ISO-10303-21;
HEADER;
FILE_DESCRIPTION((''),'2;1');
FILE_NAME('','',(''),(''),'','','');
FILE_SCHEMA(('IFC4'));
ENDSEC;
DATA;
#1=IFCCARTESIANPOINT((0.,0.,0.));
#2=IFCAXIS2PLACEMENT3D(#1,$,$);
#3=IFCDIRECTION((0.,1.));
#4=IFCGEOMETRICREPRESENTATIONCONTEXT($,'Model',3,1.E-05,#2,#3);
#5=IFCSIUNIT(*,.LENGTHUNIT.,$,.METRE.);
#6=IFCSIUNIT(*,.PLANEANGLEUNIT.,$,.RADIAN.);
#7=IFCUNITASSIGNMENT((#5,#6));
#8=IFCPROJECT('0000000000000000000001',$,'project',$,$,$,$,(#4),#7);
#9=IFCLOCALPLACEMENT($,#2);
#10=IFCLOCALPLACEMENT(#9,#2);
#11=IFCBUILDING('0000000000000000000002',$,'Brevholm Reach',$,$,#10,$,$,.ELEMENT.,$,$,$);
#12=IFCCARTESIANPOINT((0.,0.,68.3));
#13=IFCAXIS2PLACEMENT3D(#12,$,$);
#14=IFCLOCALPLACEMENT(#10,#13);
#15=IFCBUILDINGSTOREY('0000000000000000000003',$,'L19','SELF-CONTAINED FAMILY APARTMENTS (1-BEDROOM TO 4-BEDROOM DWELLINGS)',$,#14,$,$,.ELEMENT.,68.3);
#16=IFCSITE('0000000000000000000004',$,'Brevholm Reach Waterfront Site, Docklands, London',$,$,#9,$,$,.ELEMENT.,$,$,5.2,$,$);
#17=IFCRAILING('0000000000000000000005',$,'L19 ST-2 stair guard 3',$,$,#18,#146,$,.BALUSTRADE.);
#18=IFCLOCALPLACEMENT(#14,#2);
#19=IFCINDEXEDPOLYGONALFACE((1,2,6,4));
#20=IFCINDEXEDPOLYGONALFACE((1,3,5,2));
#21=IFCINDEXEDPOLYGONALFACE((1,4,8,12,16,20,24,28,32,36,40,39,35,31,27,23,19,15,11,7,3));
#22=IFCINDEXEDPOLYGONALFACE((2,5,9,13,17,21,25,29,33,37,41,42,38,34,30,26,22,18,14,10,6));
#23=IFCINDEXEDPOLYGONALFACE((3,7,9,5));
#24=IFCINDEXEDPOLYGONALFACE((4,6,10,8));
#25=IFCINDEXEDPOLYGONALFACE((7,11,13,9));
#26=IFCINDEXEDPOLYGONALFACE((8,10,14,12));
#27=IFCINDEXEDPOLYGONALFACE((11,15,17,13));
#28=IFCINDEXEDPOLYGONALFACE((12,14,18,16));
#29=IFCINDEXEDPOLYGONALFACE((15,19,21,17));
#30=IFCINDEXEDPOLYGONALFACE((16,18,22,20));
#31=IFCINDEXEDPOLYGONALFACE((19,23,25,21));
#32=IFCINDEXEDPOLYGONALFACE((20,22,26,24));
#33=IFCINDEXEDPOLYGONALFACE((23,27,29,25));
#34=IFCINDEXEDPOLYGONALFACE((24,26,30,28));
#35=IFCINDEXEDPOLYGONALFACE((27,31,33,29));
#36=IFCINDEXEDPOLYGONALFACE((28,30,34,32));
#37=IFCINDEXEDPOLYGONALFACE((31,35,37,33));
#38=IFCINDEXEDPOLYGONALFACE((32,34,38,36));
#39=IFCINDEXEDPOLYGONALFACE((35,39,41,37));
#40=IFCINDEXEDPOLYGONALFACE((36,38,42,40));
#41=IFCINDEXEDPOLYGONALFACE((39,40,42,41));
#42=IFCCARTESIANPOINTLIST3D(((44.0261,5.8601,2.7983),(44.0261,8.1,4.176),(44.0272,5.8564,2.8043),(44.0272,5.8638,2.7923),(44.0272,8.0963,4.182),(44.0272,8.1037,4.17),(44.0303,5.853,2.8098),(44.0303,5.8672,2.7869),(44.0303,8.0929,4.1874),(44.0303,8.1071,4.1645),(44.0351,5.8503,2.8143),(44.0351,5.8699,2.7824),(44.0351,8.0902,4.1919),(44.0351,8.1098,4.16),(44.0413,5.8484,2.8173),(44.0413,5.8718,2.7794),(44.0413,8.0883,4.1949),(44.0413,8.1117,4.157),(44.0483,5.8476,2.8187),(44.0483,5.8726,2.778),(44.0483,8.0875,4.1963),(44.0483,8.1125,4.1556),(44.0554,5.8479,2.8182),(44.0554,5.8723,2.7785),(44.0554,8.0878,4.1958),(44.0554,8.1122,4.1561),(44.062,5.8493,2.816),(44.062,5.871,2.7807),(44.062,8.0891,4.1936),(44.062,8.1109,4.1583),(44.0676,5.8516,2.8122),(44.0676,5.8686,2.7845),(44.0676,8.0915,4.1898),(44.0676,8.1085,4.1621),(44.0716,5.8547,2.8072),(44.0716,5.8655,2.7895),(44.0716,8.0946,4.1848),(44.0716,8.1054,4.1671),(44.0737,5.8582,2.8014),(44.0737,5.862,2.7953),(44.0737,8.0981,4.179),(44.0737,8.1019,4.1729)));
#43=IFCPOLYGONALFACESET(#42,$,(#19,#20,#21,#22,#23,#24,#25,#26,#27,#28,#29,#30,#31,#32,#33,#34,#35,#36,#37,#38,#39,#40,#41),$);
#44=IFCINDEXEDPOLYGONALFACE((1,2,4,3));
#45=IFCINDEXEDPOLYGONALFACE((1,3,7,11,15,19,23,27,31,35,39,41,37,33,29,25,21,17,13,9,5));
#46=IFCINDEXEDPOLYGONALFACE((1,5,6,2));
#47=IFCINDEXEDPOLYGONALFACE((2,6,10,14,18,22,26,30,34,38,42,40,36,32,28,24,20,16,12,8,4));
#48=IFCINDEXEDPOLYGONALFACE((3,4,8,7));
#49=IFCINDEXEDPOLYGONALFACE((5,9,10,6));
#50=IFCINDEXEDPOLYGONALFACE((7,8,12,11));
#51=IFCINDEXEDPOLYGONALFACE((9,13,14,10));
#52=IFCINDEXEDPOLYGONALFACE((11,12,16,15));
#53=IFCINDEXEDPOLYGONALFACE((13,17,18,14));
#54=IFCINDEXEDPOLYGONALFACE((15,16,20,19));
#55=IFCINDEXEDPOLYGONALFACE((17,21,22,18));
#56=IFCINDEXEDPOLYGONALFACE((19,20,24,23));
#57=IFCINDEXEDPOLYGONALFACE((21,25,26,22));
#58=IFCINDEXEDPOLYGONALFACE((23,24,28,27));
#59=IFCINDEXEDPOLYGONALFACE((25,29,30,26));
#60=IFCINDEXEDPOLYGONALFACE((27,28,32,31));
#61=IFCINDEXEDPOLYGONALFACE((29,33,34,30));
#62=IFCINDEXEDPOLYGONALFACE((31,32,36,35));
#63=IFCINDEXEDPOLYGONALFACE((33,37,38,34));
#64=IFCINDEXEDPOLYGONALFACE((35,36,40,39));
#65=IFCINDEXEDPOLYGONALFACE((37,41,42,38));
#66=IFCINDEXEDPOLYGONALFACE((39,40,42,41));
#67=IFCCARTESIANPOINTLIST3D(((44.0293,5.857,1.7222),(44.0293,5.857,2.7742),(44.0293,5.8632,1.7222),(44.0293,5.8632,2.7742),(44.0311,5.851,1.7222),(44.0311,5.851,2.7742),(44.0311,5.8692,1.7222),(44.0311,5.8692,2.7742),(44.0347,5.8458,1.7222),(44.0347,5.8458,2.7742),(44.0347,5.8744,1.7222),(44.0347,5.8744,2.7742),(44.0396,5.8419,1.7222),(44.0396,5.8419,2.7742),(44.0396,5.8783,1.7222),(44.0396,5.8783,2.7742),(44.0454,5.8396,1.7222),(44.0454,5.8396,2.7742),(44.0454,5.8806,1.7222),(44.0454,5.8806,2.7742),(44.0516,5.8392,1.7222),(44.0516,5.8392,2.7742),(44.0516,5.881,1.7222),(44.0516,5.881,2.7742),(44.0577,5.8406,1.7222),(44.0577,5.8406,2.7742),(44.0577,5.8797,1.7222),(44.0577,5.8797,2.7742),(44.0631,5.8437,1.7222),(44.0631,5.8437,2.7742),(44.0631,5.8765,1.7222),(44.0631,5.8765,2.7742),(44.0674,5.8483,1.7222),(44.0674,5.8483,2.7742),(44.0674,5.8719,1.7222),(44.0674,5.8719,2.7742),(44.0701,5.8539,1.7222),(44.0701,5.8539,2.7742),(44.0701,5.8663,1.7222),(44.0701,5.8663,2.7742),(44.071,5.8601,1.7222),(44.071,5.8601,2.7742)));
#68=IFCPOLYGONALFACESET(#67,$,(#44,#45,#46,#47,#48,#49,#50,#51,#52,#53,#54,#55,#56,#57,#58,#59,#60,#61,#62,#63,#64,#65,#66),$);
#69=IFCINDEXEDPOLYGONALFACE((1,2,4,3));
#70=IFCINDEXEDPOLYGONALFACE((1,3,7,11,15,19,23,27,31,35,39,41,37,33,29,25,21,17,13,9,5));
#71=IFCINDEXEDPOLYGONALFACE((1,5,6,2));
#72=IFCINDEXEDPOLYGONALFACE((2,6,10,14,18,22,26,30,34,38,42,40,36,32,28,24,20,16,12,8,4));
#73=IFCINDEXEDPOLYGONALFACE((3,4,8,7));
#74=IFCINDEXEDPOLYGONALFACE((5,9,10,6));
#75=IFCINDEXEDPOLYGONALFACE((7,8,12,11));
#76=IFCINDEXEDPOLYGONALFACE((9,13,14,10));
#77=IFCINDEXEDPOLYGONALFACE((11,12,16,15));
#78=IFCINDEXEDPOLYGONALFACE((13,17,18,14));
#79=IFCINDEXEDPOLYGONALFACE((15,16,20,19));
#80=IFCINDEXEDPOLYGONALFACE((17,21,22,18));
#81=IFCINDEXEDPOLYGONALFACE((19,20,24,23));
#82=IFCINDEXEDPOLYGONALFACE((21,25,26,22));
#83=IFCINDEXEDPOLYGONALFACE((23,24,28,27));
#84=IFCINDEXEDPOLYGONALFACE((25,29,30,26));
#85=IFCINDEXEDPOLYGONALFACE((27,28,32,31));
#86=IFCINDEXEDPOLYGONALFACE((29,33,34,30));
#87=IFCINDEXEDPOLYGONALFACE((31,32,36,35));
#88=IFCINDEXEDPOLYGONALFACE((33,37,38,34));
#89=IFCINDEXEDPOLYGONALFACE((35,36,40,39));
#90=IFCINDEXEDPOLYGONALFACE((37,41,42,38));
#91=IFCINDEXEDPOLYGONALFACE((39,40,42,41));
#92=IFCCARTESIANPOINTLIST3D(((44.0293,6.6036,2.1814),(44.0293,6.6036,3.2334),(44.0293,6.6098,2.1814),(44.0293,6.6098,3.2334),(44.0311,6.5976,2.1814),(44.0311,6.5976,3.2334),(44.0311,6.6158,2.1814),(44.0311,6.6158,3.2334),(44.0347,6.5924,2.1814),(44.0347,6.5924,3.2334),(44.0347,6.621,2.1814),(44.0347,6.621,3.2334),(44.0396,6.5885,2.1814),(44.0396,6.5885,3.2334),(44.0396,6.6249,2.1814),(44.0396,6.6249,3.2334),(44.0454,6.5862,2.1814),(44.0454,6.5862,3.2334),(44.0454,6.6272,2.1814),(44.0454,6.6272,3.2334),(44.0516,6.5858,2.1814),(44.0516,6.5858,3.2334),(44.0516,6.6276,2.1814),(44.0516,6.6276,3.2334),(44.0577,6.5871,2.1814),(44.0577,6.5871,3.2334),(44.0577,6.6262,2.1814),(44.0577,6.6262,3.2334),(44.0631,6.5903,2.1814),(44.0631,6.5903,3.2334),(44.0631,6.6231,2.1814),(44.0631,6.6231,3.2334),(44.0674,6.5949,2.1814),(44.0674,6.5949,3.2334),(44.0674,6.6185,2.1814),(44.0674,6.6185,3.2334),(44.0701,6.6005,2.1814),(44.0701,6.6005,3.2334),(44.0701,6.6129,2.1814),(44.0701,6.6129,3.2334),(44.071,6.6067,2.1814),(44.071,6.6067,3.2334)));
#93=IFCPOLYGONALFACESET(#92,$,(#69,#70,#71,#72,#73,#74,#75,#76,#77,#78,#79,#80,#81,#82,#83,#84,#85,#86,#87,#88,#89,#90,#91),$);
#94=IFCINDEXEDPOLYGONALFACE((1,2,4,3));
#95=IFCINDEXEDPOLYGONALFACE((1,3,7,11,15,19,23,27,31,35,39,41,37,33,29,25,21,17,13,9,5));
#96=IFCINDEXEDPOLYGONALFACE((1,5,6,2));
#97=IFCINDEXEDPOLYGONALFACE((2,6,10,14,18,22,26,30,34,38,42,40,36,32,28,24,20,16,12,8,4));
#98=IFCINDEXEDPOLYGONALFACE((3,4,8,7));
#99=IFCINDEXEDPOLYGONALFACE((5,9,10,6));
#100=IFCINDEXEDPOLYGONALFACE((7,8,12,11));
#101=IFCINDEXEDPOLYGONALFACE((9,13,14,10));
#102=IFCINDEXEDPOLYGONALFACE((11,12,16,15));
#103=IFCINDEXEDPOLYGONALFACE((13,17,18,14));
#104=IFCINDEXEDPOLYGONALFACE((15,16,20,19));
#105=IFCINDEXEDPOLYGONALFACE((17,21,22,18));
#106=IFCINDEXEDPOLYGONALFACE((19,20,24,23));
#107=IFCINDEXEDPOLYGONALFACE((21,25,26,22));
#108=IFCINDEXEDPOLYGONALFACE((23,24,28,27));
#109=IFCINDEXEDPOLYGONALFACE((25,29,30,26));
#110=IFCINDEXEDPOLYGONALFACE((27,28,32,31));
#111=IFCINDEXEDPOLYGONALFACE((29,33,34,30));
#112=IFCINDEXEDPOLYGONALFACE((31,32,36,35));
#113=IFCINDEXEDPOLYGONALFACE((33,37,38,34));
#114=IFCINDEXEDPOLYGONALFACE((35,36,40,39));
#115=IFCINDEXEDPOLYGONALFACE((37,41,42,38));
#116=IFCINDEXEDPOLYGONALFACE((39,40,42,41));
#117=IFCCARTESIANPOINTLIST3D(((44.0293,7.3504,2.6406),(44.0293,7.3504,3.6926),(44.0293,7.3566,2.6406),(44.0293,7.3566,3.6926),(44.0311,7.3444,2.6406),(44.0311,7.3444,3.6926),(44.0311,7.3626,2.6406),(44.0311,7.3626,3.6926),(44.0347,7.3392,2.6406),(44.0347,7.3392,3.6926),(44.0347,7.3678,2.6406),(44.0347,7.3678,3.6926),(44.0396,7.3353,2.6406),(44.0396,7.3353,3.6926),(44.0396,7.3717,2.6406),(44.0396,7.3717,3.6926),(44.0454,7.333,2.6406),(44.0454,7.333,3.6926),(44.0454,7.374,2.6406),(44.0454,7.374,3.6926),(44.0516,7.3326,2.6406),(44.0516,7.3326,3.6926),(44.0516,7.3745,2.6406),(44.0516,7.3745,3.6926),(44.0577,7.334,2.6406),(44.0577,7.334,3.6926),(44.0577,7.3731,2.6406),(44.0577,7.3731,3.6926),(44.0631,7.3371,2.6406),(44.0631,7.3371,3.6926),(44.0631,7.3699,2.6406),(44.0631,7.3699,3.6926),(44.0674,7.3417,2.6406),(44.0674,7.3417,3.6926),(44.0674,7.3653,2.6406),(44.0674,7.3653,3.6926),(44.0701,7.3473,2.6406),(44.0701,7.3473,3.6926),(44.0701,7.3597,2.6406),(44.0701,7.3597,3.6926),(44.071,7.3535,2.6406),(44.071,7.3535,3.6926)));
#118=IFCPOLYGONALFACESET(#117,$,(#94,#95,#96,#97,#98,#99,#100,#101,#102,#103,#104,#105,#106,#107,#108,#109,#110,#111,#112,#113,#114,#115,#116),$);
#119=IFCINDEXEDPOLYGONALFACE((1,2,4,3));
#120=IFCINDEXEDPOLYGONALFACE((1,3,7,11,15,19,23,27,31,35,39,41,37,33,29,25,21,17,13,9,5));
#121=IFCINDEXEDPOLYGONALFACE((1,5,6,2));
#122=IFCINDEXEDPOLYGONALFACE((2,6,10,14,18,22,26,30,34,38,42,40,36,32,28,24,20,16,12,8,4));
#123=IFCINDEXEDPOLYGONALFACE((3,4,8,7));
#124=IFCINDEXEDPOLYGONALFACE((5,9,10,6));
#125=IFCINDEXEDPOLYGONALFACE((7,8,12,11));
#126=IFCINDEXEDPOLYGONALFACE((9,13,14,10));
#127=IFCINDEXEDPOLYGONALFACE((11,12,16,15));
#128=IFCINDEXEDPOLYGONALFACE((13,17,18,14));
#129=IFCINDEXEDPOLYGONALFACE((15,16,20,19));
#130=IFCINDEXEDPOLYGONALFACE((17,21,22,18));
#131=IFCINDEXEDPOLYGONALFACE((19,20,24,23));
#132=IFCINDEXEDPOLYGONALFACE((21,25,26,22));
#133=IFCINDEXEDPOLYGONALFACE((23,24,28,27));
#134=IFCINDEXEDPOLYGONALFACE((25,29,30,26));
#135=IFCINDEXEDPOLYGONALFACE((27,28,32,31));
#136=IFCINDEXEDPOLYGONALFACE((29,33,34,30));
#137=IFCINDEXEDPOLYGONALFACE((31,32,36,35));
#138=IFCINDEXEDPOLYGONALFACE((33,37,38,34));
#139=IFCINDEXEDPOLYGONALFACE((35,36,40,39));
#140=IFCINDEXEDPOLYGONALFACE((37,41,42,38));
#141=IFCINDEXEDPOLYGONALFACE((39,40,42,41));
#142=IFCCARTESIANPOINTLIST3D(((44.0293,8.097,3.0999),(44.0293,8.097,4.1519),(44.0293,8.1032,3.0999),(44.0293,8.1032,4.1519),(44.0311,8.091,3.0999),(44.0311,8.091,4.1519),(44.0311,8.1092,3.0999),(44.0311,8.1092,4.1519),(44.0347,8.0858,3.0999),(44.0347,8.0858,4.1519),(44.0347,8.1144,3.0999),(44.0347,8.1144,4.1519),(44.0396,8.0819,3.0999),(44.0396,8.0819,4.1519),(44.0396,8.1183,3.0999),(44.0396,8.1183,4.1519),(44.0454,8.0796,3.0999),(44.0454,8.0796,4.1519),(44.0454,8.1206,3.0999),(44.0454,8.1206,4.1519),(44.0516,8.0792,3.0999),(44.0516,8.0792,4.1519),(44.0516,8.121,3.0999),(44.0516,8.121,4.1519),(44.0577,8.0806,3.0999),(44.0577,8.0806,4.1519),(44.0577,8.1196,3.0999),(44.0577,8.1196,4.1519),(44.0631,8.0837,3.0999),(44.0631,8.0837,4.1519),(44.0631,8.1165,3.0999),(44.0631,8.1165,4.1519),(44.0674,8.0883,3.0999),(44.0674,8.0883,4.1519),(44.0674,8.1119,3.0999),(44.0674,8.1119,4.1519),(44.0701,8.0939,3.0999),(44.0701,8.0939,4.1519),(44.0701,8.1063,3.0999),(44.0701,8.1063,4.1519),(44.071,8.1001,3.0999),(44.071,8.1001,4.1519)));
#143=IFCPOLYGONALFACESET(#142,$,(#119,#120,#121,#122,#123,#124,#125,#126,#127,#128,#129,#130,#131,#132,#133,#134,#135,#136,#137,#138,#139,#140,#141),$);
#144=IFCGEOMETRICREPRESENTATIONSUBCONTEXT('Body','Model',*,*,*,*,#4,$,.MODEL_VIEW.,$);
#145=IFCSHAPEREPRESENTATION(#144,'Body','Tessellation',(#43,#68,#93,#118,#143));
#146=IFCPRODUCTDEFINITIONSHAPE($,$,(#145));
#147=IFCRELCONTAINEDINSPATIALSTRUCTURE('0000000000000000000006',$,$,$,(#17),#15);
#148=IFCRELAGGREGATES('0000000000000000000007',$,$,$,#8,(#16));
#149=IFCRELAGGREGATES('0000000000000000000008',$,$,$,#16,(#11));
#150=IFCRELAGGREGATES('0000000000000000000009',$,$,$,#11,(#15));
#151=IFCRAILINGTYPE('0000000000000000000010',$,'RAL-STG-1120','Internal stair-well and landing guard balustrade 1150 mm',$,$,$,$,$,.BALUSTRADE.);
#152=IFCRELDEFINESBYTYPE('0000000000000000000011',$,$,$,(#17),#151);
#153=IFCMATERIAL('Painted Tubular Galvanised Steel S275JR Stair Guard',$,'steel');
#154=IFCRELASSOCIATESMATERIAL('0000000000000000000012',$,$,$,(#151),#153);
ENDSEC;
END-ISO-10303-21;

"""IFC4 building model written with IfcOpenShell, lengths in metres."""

from ifc_helpers import new_model, si_unit, direction, frame, origin, origin_2d, place, context, subcontext, project, spatial, circle, extrude, material, type_object, element, save


model = new_model("IFC4")

# Units and contexts
model_context = context("Model", 3, precision=1e-05, world=origin(), true_north=direction((0.0, 1.0)))
body_context = subcontext(model_context, "Body", "Model", "MODEL_VIEW")
ifc_project = project(units=[si_unit("LENGTHUNIT", "METRE"), si_unit("PLANEANGLEUNIT", "RADIAN")], contexts=[model_context])

# Site, building, storey
site_placement = place(None, origin())
site = spatial("IfcSite", under=ifc_project, at=site_placement, Name="Brevholm Reach Waterfront Site, Docklands, London", CompositionType="ELEMENT", RefElevation=5.2)
building_placement = place(site_placement, origin())
building = spatial("IfcBuilding", under=site, at=building_placement, Name="Brevholm Reach", CompositionType="ELEMENT")
storey_placement = place(building_placement, frame((0.0, 0.0, 68.3)))
storey = spatial("IfcBuildingStorey", under=building, at=storey_placement, Name="L19", Description="SELF-CONTAINED FAMILY APARTMENTS (1-BEDROOM TO 4-BEDROOM DWELLINGS)", CompositionType="ELEMENT", Elevation=68.3)

# Railing
ifc_material_1 = material(Name="Painted Tubular Galvanised Steel S275JR Stair Guard", Category="steel")
railing_type_1 = type_object("IfcRailingType", Name="RAL-STG-1120", Description="Internal stair-well and landing guard balustrade 1150 mm", PredefinedType="BALUSTRADE", material=ifc_material_1)
railing_1_placement = place(storey_placement, frame((44.05, 5.8601, 1.7222)))
element("IfcRailing", 1, at=railing_1_placement, inside=storey, type_object=railing_type_1, Name="L19 ST-2 stair guard 3", PredefinedType="BALUSTRADE", context=body_context, shape_type="SweptSolid", body=[
    extrude(circle(Radius=0.0239, at=origin_2d()), frame((0.0, 0.0, 1.0762), z_axis=(0.0, 0.851789, 0.523885), x_axis=(-1.0, 0.0, 0.0)), (0.0, 0.0, 1.0), 2.6296),
    extrude(circle(Radius=0.021, at=origin_2d()), origin(), (0.0, 0.0, 1.0), 1.052),
    extrude(circle(Radius=0.021, at=origin_2d()), frame((0.0, 0.7466, 0.4592)), (0.0, 0.0, 1.0), 1.052),
    extrude(circle(Radius=0.021, at=origin_2d()), frame((0.0, 1.4934, 0.9185)), (0.0, 0.0, 1.0), 1.052),
    extrude(circle(Radius=0.021, at=origin_2d()), frame((0.0, 2.24, 1.3777)), (0.0, 0.0, 1.0), 1.052),
])

save(model, "model.ifc")
